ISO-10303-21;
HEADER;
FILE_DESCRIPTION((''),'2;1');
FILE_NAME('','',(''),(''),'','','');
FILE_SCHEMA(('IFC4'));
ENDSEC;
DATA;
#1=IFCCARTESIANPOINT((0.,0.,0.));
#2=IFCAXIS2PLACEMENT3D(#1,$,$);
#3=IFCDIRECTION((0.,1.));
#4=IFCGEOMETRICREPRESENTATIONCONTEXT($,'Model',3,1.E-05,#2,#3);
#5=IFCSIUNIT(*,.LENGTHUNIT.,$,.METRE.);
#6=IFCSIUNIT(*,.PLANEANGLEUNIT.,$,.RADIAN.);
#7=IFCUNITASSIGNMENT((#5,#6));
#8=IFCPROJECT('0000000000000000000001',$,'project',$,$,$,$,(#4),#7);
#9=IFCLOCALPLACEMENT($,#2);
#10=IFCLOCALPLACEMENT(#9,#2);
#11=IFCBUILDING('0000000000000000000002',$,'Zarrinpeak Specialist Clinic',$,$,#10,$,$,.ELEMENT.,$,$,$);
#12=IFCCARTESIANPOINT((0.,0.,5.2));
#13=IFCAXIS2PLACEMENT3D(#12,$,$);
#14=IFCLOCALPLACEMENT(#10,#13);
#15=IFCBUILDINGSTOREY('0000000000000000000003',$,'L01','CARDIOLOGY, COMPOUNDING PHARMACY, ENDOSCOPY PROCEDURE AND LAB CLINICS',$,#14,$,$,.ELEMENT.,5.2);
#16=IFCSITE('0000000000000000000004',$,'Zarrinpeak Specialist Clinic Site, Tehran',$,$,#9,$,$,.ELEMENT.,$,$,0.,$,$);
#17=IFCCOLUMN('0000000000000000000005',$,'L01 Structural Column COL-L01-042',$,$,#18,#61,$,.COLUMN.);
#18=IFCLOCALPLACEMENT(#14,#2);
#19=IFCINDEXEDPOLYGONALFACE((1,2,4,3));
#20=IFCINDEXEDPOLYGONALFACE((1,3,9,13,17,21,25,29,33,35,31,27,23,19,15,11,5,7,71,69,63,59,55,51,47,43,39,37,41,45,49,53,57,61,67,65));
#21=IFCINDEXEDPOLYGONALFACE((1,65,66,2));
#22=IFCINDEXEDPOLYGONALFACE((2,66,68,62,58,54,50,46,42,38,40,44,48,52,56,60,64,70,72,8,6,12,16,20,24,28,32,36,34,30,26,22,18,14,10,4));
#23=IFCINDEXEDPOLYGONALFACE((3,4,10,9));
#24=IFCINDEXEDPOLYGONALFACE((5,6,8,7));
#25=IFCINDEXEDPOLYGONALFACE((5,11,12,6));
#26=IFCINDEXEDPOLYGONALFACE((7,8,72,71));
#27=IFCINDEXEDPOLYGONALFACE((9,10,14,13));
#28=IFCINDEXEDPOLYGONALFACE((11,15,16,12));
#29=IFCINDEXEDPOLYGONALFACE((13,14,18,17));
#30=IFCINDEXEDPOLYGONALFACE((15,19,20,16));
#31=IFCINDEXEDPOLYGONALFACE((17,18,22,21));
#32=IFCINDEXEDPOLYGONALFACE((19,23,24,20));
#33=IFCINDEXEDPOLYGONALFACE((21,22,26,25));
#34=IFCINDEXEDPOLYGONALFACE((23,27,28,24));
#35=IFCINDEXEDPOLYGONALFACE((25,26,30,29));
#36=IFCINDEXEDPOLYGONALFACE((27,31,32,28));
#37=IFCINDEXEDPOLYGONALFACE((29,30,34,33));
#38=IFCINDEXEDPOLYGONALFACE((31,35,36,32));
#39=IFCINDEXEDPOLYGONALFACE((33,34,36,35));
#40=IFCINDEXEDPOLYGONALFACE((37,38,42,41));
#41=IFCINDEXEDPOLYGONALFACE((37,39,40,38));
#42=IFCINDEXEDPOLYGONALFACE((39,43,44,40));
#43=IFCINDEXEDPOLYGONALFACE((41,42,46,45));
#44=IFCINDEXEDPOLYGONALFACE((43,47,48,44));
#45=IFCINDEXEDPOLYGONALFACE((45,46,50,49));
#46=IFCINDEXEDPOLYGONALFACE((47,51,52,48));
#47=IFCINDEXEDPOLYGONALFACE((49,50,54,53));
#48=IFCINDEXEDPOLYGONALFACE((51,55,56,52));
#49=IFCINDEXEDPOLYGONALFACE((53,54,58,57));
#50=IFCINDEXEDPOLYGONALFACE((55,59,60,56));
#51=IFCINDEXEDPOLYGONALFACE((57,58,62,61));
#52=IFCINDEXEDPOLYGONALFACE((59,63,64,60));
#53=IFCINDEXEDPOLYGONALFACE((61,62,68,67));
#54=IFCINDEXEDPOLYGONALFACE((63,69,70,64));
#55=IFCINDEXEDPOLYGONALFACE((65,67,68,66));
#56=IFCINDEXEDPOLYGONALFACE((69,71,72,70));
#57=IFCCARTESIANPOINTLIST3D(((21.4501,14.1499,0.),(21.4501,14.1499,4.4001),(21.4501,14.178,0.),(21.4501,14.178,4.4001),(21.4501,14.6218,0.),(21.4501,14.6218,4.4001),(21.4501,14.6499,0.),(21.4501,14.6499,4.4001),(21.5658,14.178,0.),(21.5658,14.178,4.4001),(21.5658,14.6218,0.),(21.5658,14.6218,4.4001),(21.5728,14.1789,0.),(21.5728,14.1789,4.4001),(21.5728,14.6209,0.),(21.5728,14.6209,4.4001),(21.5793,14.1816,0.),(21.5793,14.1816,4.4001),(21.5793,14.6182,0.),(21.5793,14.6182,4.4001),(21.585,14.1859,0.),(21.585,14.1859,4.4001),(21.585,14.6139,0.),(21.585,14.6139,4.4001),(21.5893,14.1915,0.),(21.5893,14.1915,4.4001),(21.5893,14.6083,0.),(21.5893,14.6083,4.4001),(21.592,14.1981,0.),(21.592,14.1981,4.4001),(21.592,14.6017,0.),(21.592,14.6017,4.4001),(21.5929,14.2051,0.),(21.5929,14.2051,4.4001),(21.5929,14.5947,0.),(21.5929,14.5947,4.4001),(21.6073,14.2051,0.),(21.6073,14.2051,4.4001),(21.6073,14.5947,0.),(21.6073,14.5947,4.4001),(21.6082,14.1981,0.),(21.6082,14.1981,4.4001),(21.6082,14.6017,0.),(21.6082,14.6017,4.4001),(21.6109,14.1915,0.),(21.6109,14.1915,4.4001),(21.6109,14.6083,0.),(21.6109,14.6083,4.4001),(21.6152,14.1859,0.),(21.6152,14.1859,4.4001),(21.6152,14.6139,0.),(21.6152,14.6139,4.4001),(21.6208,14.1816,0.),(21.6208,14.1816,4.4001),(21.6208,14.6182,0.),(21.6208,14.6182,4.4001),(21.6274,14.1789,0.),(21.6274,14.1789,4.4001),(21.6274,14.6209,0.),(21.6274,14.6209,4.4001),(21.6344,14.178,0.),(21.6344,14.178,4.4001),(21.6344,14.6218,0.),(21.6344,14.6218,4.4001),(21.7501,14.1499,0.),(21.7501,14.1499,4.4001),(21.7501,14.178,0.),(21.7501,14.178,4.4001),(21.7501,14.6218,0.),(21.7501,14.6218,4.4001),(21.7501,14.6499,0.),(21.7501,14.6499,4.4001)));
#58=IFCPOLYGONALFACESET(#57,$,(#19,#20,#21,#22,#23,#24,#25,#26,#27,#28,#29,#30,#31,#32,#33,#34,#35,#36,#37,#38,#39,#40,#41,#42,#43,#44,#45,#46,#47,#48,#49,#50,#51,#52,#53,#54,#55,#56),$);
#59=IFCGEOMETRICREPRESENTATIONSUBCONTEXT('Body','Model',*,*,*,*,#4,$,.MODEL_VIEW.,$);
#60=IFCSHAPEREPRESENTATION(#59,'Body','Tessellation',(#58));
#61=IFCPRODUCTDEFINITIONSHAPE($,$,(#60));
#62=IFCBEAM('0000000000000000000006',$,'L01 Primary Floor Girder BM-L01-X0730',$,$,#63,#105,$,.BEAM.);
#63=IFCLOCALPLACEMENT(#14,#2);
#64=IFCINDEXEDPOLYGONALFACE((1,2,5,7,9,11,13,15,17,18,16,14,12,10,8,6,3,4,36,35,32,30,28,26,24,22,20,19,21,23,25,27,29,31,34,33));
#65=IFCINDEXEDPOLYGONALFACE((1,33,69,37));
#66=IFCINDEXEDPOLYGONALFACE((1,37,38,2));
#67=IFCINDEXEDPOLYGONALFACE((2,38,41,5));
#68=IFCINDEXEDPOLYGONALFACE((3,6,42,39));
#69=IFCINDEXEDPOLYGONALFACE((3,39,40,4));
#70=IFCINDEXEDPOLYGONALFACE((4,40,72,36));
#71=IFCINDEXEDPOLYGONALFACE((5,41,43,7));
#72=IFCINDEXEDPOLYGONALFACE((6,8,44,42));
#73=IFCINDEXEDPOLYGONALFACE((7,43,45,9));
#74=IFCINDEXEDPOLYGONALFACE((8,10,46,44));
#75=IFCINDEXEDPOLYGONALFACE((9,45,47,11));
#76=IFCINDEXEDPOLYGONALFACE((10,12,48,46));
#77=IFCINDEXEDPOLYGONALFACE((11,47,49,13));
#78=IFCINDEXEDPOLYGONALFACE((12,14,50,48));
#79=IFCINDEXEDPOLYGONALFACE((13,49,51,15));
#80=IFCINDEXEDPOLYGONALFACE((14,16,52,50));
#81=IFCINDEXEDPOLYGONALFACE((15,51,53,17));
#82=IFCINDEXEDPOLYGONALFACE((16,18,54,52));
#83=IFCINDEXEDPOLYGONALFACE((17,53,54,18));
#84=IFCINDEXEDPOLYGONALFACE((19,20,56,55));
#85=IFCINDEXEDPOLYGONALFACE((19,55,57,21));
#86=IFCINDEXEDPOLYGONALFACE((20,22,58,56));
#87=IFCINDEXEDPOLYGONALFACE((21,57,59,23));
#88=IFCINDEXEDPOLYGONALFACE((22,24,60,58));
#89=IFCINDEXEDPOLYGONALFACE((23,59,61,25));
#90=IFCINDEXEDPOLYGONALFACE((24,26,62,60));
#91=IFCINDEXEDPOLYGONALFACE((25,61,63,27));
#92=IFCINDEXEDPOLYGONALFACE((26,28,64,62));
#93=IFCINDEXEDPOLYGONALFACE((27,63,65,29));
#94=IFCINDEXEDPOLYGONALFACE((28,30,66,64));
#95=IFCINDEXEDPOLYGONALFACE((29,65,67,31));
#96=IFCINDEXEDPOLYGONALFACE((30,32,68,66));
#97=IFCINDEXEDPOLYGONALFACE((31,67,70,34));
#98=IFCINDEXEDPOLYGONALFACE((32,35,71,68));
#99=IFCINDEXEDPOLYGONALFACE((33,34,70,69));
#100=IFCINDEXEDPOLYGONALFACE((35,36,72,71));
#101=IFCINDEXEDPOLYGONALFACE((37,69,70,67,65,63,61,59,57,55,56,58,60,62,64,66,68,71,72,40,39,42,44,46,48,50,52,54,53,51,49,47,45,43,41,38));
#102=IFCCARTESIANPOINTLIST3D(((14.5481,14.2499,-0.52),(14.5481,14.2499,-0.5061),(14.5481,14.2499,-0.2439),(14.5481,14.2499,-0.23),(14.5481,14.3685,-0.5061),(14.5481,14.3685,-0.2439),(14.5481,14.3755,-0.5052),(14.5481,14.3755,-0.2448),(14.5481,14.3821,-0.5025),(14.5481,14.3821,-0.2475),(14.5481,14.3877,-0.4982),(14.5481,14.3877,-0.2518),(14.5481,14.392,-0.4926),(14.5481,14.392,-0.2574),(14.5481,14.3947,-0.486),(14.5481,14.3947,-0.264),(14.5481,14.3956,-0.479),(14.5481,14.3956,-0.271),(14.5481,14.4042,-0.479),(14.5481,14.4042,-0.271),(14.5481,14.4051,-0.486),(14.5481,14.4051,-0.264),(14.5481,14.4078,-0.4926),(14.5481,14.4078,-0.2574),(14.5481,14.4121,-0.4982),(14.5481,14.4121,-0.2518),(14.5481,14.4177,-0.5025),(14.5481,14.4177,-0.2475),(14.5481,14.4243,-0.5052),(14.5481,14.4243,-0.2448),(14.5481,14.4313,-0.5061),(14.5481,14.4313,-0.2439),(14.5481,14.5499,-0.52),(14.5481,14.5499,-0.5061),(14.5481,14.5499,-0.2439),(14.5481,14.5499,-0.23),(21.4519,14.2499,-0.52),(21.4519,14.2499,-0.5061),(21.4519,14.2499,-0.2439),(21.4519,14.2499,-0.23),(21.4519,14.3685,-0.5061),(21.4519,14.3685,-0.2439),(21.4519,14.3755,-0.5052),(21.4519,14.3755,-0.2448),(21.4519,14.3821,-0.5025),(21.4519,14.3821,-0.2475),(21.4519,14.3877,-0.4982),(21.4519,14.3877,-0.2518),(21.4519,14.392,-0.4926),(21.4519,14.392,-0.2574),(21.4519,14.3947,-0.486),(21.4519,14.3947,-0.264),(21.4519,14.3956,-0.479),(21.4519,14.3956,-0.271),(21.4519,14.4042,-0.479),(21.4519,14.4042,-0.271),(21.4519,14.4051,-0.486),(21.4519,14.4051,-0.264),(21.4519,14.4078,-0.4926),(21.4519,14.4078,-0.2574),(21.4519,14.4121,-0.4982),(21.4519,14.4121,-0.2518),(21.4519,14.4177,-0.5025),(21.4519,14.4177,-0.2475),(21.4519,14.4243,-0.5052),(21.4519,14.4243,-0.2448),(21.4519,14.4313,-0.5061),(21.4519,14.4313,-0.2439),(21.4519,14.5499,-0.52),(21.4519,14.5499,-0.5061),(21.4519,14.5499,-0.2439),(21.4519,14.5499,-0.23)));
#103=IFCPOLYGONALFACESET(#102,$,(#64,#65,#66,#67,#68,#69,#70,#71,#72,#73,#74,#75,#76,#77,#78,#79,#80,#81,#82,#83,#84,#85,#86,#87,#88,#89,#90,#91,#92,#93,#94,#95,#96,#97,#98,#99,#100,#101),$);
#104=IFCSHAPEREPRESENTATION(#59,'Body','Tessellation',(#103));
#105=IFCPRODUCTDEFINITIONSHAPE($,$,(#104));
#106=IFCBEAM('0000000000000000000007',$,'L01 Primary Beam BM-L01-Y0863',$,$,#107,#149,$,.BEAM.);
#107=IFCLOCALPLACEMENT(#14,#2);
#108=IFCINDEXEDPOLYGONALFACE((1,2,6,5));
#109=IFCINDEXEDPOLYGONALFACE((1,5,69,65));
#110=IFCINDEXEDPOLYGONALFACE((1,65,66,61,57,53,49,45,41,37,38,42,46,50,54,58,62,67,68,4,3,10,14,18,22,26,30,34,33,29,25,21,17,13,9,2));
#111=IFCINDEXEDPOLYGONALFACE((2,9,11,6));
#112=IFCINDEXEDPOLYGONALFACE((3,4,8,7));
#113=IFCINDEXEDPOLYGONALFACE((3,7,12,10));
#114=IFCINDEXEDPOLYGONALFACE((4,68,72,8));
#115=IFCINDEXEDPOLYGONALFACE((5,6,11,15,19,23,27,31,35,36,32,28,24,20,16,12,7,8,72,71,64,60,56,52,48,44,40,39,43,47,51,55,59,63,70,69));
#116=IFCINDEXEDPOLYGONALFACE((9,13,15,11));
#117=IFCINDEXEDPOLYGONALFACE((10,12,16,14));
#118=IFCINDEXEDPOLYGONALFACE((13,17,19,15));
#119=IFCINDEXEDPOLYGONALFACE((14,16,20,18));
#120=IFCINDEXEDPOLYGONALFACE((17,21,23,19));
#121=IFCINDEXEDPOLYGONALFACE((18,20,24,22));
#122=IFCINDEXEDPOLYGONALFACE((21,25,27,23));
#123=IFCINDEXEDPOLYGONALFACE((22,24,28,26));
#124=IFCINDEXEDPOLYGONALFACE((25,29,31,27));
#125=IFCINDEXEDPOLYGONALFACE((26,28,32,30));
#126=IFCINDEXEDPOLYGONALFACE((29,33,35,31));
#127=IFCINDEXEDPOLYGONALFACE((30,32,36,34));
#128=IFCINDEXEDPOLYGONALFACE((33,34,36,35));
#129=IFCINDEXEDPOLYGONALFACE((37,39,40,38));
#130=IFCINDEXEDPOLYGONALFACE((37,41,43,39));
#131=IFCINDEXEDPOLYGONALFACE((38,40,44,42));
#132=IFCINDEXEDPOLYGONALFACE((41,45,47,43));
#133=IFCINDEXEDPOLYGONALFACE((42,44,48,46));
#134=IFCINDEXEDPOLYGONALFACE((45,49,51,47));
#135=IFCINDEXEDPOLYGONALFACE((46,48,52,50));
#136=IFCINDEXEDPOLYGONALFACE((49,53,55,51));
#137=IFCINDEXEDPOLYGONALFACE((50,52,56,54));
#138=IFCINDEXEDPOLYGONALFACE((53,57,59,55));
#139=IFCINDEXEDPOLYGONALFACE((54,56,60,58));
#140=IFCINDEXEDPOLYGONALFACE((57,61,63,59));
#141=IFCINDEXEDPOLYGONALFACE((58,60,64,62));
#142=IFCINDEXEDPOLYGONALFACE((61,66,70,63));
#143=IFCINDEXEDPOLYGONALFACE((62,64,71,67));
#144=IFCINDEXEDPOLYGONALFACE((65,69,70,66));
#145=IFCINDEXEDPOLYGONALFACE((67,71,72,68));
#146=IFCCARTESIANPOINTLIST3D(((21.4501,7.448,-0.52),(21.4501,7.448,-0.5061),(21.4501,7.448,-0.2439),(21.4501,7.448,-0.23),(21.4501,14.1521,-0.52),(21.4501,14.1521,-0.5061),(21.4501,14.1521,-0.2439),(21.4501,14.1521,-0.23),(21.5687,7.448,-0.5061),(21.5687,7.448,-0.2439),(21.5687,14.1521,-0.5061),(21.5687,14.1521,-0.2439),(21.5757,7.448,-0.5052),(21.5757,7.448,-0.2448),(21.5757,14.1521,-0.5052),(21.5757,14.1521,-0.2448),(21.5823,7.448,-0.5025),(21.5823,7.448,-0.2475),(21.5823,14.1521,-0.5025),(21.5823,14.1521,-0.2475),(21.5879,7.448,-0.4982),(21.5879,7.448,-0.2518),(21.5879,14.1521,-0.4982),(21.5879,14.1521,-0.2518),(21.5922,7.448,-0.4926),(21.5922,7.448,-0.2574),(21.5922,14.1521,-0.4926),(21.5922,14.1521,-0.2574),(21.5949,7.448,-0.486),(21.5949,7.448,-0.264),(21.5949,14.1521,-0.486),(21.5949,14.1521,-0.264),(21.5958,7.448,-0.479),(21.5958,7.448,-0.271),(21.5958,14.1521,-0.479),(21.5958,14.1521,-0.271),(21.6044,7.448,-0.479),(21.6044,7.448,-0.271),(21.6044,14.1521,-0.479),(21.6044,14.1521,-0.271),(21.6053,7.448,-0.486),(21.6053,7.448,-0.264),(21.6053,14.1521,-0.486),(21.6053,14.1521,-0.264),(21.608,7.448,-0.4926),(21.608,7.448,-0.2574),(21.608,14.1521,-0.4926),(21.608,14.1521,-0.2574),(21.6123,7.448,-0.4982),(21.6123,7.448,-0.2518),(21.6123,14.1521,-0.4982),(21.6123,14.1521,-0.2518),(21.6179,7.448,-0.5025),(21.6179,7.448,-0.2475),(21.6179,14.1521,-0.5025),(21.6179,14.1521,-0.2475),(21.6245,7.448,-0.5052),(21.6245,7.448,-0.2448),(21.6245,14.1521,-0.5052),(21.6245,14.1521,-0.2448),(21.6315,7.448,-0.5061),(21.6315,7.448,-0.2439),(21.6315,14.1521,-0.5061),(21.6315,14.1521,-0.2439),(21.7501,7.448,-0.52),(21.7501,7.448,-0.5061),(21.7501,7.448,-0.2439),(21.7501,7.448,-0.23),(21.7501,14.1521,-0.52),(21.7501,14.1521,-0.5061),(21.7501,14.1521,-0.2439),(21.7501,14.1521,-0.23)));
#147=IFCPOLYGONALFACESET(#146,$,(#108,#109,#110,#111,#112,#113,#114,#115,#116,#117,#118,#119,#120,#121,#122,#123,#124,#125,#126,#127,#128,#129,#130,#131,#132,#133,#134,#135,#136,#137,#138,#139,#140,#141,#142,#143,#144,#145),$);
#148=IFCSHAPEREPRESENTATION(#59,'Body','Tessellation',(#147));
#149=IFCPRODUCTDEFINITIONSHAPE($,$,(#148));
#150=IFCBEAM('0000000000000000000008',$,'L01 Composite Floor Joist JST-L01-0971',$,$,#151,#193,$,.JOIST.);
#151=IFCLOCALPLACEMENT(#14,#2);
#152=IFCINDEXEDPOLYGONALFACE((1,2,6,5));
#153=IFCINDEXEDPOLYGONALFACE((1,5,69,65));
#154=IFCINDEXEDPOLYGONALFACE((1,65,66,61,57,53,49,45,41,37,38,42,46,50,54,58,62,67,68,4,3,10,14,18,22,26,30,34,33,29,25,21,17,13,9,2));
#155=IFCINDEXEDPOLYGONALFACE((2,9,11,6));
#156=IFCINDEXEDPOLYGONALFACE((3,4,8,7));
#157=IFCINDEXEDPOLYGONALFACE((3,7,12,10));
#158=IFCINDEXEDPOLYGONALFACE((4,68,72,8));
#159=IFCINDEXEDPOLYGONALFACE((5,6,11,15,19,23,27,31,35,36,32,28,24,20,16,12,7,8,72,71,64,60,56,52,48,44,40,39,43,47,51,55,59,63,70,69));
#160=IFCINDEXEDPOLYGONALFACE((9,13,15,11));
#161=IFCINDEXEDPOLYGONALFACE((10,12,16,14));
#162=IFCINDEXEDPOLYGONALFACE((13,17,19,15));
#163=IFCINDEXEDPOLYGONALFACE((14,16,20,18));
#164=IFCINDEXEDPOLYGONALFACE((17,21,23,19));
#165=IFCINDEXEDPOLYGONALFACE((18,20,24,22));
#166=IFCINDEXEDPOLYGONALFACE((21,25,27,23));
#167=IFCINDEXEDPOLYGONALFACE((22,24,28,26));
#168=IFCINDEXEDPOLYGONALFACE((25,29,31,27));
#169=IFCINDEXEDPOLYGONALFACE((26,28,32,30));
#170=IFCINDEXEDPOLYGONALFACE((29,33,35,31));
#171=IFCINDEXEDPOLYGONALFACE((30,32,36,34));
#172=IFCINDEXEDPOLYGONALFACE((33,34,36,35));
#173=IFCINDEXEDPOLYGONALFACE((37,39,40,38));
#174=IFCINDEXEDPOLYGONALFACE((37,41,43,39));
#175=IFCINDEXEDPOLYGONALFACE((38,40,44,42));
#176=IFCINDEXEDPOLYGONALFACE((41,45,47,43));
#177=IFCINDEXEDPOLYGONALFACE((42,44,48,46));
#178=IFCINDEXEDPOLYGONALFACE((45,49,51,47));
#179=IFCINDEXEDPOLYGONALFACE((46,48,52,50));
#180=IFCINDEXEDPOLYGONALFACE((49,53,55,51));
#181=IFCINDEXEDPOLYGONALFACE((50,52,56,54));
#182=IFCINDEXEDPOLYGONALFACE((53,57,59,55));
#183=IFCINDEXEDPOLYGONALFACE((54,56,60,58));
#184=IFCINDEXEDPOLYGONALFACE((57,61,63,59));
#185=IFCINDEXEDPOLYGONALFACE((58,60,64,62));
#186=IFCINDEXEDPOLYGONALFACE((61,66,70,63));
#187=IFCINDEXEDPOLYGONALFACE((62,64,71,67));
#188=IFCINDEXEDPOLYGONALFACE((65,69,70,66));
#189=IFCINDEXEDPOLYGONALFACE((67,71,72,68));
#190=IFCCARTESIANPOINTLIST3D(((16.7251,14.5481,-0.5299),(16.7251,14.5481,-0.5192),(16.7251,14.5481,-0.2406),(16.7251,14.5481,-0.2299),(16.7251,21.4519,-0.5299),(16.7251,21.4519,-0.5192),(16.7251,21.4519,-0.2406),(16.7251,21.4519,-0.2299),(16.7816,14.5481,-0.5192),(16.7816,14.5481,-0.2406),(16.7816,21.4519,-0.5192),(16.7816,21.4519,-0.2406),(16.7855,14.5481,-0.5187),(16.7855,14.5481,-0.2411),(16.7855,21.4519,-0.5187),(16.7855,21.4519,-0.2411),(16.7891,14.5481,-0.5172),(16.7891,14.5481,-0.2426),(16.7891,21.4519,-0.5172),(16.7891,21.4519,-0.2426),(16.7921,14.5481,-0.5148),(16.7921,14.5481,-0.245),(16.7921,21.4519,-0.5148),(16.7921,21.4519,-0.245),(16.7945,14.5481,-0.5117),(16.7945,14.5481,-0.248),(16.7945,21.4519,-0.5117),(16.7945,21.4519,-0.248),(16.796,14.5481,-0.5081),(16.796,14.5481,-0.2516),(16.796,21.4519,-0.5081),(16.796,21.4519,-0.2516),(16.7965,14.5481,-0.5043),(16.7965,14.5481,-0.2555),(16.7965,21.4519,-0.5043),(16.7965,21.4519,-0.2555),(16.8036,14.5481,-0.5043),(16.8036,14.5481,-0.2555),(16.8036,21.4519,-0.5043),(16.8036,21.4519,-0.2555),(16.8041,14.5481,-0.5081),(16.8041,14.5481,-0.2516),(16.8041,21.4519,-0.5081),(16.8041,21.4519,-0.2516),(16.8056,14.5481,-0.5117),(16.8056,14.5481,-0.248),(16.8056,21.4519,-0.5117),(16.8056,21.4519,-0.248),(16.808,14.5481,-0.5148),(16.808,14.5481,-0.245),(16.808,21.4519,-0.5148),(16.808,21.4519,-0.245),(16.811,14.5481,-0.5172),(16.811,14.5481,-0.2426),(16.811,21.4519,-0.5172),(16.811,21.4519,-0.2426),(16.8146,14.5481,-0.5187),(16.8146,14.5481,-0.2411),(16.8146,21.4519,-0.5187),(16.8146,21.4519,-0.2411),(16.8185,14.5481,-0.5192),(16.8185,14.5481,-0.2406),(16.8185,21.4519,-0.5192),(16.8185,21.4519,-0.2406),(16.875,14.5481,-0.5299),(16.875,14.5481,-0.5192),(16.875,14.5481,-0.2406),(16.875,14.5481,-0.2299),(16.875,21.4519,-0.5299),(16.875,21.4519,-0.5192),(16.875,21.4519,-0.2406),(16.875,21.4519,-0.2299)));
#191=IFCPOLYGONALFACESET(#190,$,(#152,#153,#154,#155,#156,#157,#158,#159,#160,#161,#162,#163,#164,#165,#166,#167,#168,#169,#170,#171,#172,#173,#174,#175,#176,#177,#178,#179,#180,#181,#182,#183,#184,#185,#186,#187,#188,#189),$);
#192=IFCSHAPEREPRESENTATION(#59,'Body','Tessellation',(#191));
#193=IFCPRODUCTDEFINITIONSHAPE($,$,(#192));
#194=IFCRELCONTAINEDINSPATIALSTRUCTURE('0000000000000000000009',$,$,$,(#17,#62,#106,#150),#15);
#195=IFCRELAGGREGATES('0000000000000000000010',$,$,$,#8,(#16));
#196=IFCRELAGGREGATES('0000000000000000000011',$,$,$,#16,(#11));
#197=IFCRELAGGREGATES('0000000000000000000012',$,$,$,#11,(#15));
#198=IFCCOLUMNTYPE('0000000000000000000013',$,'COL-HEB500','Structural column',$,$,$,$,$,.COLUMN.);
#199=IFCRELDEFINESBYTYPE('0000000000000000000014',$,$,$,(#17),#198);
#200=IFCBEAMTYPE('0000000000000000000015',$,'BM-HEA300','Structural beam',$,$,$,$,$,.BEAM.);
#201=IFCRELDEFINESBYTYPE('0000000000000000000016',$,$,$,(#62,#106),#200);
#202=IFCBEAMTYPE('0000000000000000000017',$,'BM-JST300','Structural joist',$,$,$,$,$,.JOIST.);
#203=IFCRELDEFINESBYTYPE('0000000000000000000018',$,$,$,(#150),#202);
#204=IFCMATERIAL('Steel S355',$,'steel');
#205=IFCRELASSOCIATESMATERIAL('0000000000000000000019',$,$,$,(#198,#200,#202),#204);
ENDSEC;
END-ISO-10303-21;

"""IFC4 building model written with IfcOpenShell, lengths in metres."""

from ifc_helpers import new_model, si_unit, direction, frame, origin, origin_2d, place, context, subcontext, project, spatial, i_section, extrude, material, material_profile, profile_set, type_object, element, save


model = new_model("IFC4")

# Units and contexts
model_context = context("Model", 3, precision=1e-05, world=origin(), true_north=direction((0.0, 1.0)))
body_context = subcontext(model_context, "Body", "Model", "MODEL_VIEW")
ifc_project = project(units=[si_unit("LENGTHUNIT", "METRE"), si_unit("PLANEANGLEUNIT", "RADIAN")], contexts=[model_context])

# Site, building, storey
site_placement = place(None, origin())
site = spatial("IfcSite", under=ifc_project, at=site_placement, Name="Zarrinpeak Specialist Clinic Site, Tehran", CompositionType="ELEMENT", RefElevation=0.0)
building_placement = place(site_placement, origin())
building = spatial("IfcBuilding", under=site, at=building_placement, Name="Zarrinpeak Specialist Clinic", CompositionType="ELEMENT")
storey_placement = place(building_placement, frame((0.0, 0.0, 5.2)))
storey = spatial("IfcBuildingStorey", under=building, at=storey_placement, Name="L01", Description="CARDIOLOGY, COMPOUNDING PHARMACY, ENDOSCOPY PROCEDURE AND LAB CLINICS", CompositionType="ELEMENT", Elevation=5.2)

# Column
ifc_material_1 = material(Name="Steel S355", Category="steel")
ifc_material_profile_1 = material_profile(ifc_material_1, i_section(OverallWidth=0.3, OverallDepth=0.5, WebThickness=0.0144, FlangeThickness=0.0281, FilletRadius=0.0271, at=origin_2d()), Name="HEB 500")
ifc_profile_set_1 = profile_set([ifc_material_profile_1], Name="Steel S355")
column_type = type_object("IfcColumnType", Name="COL-HEB500", Description="Structural column", PredefinedType="COLUMN", material=ifc_profile_set_1)
column_placement = place(storey_placement, frame((21.6001, 14.3999, 0.0), z_axis=(0.0, 0.0, 1.0), x_axis=(1.0, 0.0, 0.0)))
element("IfcColumn", 1, at=column_placement, inside=storey, type_object=column_type, Name="L01 Structural Column COL-L01-042", PredefinedType="COLUMN", context=body_context, shape_type="SweptSolid", body=[
    extrude(i_section(OverallWidth=0.3, OverallDepth=0.5, WebThickness=0.0144, FlangeThickness=0.0281, FilletRadius=0.0271, at=origin_2d()), origin(), (0.0, 0.0, 1.0), 4.4001),
])

# Beams
ifc_material_profile_2 = material_profile(ifc_material_1, i_section(OverallWidth=0.3, OverallDepth=0.29, WebThickness=0.0085, FlangeThickness=0.0139, FilletRadius=0.0271, at=origin_2d()), Name="HEA 300")
ifc_profile_set_2 = profile_set([ifc_material_profile_2], Name="Steel S355")
beam_type_1 = type_object("IfcBeamType", Name="BM-HEA300", Description="Structural beam", PredefinedType="BEAM", material=ifc_profile_set_2)
beam_1_placement = place(storey_placement, frame((14.5481, 14.3999, -0.375), z_axis=(1.0, 0.0, 0.0), x_axis=(0.0, 1.0, 0.0)))
element("IfcBeam", 2, at=beam_1_placement, inside=storey, type_object=beam_type_1, Name="L01 Primary Floor Girder BM-L01-X0730", PredefinedType="BEAM", context=body_context, shape_type="SweptSolid", body=[
    extrude(i_section(OverallWidth=0.3, OverallDepth=0.29, WebThickness=0.0085, FlangeThickness=0.0139, FilletRadius=0.0271, at=origin_2d()), origin(), (0.0, 0.0, 1.0), 6.9038),
])
beam_2_placement = place(storey_placement, frame((21.6001, 7.448, -0.375), z_axis=(0.0, 1.0, 0.0), x_axis=(-1.0, 0.0, 0.0)))
element("IfcBeam", 3, at=beam_2_placement, inside=storey, type_object=beam_type_1, Name="L01 Primary Beam BM-L01-Y0863", PredefinedType="BEAM", context=body_context, shape_type="SweptSolid", body=[
    extrude(i_section(OverallWidth=0.3, OverallDepth=0.29, WebThickness=0.0085, FlangeThickness=0.0139, FilletRadius=0.0271, at=origin_2d()), origin(), (0.0, 0.0, 1.0), 6.7041),
])
ifc_material_profile_3 = material_profile(ifc_material_1, i_section(OverallWidth=0.1499, OverallDepth=0.3, WebThickness=0.0071, FlangeThickness=0.0107, FilletRadius=0.0149, at=origin_2d()), Name="IPE 300")
ifc_profile_set_3 = profile_set([ifc_material_profile_3], Name="Steel S355")
beam_type_2 = type_object("IfcBeamType", Name="BM-JST300", Description="Structural joist", PredefinedType="JOIST", material=ifc_profile_set_3)
for number, where, z_axis, x_axis, name in (
    (4, (16.8, 14.5481, -0.3799), (0.0, 1.0, 0.0), (-1.0, 0.0, 0.0), "L01 Composite Floor Joist JST-L01-0971"),
):
    element("IfcBeam", number, at=place(storey_placement, frame(where, z_axis=z_axis, x_axis=x_axis)), inside=storey, type_object=beam_type_2, Name=name, PredefinedType="JOIST", context=body_context, shape_type="SweptSolid", body=[
        extrude(i_section(OverallWidth=0.1499, OverallDepth=0.3, WebThickness=0.0071, FlangeThickness=0.0107, FilletRadius=0.0149, at=origin_2d()), origin(), (0.0, 0.0, 1.0), 6.9038),
    ])

save(model, "model.ifc")
